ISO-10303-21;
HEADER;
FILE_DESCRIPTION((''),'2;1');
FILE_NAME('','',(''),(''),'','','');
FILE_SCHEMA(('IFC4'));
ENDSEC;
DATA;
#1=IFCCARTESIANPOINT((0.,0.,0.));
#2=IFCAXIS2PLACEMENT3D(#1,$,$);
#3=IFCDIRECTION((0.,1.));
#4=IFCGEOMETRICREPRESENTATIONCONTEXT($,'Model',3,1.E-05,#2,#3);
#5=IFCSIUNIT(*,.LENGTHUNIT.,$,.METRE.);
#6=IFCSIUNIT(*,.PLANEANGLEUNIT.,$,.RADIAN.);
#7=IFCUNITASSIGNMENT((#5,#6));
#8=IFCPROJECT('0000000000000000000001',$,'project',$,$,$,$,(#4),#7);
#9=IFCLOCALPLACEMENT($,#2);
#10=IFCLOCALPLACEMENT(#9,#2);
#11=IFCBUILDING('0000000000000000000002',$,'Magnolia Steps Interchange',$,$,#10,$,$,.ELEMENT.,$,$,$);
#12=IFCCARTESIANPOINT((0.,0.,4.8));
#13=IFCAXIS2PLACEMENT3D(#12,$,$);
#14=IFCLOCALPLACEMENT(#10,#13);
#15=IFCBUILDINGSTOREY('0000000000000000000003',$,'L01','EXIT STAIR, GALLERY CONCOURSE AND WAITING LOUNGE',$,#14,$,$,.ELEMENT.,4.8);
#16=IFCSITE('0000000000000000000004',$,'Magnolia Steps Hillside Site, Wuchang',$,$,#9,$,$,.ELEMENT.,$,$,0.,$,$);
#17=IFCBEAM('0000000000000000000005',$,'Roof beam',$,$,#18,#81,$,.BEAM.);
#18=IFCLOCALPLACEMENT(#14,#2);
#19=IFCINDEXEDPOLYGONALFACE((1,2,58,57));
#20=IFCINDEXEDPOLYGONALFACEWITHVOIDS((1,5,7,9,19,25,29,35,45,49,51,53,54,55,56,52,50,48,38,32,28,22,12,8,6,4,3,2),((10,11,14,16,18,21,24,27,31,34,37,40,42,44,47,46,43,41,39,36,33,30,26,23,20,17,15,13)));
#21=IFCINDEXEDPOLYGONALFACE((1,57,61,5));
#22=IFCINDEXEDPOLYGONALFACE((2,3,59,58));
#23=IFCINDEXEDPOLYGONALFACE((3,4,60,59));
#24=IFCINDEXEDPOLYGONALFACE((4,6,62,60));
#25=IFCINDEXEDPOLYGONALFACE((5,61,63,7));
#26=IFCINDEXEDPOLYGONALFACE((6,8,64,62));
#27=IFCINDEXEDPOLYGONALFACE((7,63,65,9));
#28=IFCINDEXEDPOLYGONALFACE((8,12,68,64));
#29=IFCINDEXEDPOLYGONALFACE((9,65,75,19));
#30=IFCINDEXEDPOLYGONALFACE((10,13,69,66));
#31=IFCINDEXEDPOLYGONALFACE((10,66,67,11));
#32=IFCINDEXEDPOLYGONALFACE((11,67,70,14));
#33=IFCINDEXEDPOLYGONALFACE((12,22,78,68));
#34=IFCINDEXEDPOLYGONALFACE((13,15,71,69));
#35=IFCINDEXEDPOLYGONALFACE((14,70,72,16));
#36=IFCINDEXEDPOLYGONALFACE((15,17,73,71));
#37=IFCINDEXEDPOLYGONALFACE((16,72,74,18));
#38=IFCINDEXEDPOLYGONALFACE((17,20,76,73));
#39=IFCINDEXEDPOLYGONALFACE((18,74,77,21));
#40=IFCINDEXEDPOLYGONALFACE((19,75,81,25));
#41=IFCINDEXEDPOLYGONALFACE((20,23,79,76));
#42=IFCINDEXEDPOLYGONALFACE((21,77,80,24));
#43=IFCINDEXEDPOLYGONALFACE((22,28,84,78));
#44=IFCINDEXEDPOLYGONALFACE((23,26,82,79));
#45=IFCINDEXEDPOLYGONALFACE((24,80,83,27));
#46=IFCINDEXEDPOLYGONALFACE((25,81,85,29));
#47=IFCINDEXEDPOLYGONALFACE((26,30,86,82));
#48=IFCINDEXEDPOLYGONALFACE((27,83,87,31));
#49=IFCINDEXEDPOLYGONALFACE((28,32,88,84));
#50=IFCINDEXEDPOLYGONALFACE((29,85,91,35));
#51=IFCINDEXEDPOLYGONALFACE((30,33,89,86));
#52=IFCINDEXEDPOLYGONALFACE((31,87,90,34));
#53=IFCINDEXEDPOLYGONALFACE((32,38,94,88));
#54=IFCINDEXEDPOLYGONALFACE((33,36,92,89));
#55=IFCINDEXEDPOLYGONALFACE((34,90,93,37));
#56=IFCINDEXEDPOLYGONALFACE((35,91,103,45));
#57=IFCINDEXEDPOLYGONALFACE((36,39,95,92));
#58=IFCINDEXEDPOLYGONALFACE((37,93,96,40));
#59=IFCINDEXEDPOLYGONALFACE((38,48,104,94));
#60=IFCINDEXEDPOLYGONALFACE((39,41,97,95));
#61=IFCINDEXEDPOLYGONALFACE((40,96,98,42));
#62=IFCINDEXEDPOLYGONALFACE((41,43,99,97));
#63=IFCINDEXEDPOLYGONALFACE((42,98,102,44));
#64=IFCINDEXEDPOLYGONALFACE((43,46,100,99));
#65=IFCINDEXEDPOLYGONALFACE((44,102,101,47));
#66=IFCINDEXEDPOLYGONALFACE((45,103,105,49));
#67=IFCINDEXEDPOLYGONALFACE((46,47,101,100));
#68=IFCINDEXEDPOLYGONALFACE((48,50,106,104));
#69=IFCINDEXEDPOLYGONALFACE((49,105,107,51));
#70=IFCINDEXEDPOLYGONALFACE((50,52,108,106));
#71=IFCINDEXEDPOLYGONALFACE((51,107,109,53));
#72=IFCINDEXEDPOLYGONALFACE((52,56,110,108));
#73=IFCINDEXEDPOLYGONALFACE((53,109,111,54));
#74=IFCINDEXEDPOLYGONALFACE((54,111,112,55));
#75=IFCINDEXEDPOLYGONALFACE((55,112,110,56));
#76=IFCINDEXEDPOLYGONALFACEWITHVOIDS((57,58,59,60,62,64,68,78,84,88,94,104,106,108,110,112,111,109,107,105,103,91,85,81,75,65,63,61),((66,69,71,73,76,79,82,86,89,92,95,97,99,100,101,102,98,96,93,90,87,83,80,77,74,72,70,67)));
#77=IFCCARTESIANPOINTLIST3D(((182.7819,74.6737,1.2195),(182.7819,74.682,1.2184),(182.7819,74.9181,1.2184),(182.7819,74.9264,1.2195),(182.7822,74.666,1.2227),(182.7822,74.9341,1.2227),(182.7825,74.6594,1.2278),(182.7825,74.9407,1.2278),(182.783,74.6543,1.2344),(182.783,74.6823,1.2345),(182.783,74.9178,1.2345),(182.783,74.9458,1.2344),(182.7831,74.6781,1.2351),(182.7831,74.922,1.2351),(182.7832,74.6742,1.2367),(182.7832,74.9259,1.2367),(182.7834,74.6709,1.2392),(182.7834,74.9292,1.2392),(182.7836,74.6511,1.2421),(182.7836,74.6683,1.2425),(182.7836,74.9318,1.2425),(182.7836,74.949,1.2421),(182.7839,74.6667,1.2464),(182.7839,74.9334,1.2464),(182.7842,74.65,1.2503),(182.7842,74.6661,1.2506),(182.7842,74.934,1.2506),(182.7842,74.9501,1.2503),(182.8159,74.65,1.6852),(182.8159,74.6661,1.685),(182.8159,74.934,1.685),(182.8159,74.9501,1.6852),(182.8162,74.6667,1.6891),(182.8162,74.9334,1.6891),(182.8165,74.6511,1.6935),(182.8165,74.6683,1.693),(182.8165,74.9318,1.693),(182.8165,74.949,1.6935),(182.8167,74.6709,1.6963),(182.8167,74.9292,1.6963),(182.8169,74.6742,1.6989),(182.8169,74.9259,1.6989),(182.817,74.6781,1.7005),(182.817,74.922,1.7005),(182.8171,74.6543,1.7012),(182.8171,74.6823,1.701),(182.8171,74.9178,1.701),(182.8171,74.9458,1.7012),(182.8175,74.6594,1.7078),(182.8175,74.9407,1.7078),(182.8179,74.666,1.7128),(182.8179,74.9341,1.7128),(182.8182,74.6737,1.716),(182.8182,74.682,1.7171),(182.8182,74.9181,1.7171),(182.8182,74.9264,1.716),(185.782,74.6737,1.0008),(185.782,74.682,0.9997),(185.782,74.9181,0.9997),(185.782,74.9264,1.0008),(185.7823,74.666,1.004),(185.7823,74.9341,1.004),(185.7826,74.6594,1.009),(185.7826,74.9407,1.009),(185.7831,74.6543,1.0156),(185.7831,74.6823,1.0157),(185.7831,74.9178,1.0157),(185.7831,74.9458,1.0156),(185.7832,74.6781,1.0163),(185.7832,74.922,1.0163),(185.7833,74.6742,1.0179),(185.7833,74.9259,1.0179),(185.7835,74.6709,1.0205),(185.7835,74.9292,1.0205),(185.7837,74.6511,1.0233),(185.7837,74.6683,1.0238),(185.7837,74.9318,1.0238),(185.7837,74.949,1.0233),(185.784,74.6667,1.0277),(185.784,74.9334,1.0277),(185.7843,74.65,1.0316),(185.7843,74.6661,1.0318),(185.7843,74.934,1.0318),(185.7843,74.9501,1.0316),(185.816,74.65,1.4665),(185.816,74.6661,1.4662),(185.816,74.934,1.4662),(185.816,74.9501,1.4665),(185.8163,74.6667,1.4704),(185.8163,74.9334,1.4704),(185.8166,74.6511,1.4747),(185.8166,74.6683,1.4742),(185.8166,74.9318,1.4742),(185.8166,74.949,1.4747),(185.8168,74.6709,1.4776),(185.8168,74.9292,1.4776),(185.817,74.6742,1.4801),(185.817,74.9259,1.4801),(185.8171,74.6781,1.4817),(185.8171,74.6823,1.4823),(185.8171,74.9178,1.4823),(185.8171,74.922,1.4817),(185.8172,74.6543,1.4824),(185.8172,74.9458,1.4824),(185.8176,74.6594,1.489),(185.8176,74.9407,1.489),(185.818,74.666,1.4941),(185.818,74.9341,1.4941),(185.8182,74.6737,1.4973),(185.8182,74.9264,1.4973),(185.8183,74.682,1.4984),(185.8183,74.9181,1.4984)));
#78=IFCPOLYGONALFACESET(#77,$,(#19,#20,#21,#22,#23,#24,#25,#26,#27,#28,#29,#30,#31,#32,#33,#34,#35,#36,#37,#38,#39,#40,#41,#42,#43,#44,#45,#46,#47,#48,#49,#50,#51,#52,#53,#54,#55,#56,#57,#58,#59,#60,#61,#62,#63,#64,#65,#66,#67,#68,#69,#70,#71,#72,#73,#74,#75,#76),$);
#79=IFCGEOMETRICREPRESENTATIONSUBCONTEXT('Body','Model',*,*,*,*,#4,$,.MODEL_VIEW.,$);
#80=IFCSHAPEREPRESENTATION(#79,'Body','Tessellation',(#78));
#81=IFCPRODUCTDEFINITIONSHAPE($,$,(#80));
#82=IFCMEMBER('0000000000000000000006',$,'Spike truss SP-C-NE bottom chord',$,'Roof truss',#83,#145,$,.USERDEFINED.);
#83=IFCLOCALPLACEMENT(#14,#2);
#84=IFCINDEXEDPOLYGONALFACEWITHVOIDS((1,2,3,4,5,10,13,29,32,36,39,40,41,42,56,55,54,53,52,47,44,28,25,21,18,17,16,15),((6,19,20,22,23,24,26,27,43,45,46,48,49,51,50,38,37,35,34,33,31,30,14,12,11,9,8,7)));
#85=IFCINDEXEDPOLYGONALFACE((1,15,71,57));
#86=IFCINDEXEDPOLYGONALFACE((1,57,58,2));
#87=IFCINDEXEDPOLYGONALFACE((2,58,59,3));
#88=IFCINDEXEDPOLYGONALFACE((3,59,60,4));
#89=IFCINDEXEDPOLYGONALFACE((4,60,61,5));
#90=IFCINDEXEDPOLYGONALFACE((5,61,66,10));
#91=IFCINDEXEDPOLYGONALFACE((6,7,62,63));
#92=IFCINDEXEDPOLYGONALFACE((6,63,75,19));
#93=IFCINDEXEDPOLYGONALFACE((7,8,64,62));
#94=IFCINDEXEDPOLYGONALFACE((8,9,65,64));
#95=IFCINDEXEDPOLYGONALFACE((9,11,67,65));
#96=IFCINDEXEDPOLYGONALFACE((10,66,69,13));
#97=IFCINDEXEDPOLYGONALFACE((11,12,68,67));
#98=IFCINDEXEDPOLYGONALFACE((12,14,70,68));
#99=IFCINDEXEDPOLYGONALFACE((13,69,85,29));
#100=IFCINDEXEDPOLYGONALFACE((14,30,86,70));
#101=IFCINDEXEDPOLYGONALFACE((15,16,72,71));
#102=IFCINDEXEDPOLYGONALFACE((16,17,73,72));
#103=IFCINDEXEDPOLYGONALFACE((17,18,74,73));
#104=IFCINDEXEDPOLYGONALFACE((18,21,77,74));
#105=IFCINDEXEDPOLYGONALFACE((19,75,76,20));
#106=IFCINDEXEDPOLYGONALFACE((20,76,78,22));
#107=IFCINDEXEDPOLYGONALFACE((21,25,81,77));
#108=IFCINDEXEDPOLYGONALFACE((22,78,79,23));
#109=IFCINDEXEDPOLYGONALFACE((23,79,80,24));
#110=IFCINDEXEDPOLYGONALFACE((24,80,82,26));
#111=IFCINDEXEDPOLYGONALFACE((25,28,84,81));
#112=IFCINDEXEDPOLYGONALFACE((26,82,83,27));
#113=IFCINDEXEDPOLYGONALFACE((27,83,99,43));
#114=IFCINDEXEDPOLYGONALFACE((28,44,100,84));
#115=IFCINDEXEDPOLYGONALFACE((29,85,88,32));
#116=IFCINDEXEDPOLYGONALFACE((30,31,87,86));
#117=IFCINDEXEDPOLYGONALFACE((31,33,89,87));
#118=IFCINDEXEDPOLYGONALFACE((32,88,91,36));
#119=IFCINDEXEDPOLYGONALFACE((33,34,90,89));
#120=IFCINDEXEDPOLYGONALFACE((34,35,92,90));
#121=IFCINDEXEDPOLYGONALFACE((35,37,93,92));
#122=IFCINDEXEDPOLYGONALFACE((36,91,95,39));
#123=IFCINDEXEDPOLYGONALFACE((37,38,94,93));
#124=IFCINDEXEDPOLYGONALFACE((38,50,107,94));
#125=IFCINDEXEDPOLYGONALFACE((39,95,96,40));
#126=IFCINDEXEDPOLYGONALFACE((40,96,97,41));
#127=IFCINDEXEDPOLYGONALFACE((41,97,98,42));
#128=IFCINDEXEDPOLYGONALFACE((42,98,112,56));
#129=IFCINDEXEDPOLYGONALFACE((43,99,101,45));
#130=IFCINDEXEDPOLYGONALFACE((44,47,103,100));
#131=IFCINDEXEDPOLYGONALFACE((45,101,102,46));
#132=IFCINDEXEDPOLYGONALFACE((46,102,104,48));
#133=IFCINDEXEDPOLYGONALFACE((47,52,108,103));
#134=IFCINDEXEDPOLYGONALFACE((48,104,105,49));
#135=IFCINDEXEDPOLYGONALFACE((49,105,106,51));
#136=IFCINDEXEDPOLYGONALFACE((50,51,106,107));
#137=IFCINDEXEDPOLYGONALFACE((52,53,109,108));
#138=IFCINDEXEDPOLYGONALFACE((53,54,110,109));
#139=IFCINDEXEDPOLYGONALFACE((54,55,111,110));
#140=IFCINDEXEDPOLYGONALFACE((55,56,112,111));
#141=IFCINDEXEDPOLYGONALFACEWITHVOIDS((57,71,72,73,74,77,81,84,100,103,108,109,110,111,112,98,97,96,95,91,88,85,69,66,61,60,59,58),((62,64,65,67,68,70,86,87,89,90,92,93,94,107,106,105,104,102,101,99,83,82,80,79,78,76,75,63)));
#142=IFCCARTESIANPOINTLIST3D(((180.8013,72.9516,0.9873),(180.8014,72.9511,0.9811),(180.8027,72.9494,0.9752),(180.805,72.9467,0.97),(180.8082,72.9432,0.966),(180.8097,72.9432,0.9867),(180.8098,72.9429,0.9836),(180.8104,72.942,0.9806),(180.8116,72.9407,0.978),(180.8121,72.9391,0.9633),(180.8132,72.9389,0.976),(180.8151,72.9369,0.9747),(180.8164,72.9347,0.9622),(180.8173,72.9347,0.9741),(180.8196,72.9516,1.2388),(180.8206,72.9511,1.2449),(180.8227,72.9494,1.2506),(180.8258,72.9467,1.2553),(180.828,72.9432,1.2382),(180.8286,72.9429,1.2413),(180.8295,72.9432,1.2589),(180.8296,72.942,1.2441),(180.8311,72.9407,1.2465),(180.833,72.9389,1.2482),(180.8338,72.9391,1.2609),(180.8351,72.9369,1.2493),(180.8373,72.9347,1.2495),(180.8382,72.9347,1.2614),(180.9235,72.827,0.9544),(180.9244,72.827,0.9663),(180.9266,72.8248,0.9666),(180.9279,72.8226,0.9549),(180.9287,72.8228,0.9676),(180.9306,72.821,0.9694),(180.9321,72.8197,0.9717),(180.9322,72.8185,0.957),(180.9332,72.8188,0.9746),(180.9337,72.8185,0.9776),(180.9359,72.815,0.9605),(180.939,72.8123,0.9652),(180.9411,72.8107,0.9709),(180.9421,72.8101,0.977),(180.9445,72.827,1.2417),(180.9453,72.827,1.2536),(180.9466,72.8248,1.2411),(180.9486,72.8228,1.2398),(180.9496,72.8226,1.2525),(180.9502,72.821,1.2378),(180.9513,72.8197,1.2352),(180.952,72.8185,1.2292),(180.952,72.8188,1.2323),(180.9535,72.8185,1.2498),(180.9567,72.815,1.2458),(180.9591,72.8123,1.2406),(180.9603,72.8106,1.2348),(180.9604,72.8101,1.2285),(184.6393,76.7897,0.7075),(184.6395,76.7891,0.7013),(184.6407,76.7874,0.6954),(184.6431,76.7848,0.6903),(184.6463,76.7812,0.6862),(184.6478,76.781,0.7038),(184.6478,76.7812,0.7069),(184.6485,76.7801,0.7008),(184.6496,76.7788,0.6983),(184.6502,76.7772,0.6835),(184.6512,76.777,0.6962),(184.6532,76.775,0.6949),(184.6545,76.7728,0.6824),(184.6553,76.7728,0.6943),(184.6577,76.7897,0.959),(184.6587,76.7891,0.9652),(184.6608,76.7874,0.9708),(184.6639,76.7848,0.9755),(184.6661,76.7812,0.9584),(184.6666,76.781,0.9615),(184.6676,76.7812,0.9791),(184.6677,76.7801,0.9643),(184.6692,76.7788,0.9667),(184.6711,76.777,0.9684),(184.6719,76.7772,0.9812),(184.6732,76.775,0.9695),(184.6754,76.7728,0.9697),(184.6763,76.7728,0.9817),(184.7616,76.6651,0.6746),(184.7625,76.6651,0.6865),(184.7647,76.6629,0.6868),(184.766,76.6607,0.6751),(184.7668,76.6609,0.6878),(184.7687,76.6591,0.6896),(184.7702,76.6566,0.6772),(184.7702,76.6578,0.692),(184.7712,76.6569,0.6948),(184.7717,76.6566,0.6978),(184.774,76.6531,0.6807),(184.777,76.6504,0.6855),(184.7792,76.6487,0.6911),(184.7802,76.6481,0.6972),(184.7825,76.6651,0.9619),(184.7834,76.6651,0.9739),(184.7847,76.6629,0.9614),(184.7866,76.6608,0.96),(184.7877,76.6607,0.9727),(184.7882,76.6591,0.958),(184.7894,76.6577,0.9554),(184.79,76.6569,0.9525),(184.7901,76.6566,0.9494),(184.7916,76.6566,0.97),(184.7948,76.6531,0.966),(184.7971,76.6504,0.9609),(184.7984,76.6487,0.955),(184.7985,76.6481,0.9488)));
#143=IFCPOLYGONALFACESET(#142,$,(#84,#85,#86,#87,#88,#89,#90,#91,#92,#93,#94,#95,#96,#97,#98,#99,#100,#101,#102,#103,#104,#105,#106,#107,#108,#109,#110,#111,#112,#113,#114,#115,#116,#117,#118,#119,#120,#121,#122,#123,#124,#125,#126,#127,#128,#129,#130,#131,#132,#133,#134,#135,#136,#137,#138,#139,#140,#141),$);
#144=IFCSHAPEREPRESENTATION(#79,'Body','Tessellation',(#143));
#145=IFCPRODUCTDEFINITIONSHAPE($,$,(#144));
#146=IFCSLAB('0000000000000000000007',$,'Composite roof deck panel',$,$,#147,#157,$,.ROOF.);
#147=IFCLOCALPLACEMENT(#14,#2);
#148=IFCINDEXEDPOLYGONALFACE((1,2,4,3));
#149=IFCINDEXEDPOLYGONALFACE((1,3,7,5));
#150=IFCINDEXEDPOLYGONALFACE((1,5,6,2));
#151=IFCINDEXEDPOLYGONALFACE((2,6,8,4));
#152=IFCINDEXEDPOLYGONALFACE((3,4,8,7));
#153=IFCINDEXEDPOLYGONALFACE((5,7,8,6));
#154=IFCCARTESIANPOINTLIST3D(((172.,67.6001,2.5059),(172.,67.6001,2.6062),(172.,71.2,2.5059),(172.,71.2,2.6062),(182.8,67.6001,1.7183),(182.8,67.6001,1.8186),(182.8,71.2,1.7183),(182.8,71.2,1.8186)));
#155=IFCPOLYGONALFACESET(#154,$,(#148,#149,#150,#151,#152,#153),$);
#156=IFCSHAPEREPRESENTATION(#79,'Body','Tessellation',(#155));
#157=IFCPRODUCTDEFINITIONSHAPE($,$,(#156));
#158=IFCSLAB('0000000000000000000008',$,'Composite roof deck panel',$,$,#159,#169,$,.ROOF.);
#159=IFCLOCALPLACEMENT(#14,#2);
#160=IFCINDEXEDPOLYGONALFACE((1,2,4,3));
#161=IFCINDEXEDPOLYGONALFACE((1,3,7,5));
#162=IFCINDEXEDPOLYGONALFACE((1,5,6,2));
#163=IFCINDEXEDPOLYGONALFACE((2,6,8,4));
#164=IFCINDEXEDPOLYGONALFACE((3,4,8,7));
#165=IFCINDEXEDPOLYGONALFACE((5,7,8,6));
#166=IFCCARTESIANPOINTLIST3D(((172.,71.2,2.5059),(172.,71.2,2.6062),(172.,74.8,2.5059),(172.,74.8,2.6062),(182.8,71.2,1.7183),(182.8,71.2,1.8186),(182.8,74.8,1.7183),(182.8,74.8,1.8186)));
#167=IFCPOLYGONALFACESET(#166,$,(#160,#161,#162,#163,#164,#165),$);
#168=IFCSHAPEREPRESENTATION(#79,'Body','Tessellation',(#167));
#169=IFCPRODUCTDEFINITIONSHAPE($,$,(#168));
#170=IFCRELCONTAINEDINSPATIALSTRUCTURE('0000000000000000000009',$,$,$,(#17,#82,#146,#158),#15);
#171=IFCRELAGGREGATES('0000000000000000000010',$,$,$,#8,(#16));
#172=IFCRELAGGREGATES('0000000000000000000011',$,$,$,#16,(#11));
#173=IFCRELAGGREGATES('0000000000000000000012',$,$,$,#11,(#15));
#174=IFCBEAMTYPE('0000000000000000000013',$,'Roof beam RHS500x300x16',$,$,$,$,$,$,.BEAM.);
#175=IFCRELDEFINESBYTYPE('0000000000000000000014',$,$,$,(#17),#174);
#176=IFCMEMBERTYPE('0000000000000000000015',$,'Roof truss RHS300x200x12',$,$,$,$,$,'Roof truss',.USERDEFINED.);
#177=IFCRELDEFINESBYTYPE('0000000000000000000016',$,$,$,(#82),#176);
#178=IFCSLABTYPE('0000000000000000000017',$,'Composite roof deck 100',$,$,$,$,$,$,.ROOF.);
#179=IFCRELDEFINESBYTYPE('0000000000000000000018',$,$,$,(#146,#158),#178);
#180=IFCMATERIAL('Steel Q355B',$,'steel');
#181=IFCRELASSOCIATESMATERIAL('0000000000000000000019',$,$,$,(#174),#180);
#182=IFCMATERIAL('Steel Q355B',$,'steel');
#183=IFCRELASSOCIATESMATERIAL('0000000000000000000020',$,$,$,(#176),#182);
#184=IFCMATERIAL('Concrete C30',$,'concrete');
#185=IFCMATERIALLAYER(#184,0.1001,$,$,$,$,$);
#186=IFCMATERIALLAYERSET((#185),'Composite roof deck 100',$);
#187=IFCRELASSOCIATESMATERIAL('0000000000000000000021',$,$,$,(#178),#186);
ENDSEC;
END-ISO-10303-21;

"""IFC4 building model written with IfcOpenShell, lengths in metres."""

from ifc_helpers import new_model, si_unit, direction, frame, origin, origin_2d, place, context, subcontext, project, spatial, polyline, hollow_rectangle, outline, extrude, material, layer, layer_set, material_profile, profile_set, type_object, element, save


model = new_model("IFC4")

# Units and contexts
model_context = context("Model", 3, precision=1e-05, world=origin(), true_north=direction((0.0, 1.0)))
body_context = subcontext(model_context, "Body", "Model", "MODEL_VIEW")
ifc_project = project(units=[si_unit("LENGTHUNIT", "METRE"), si_unit("PLANEANGLEUNIT", "RADIAN")], contexts=[model_context])

# Site, building, storey
site_placement = place(None, origin())
site = spatial("IfcSite", under=ifc_project, at=site_placement, Name="Magnolia Steps Hillside Site, Wuchang", CompositionType="ELEMENT", RefElevation=0.0)
building_placement = place(site_placement, origin())
building = spatial("IfcBuilding", under=site, at=building_placement, Name="Magnolia Steps Interchange", CompositionType="ELEMENT")
storey_placement = place(building_placement, frame((0.0, 0.0, 4.8)))
storey = spatial("IfcBuildingStorey", under=building, at=storey_placement, Name="L01", Description="EXIT STAIR, GALLERY CONCOURSE AND WAITING LOUNGE", CompositionType="ELEMENT", Elevation=4.8)

# Beam
ifc_material_1 = material(Name="Steel Q355B", Category="steel")
ifc_material_profile_1 = material_profile(ifc_material_1, hollow_rectangle(XDim=0.3, YDim=0.5, WallThickness=0.0161, InnerFilletRadius=0.0161, OuterFilletRadius=0.032, at=origin_2d()), Name="RHS500x300x16")
ifc_profile_set_1 = profile_set([ifc_material_profile_1], Name="Steel Q355B")
beam_type_1 = type_object("IfcBeamType", Name="Roof beam RHS500x300x16", PredefinedType="BEAM", material=ifc_profile_set_1)
beam_1_placement = place(storey_placement, frame((182.8, 74.8, 1.4678), z_axis=(0.997352, 0.0, -0.072724), x_axis=(0.0, 1.0, 0.0)))
element("IfcBeam", 1, at=beam_1_placement, inside=storey, type_object=beam_type_1, Name="Roof beam", PredefinedType="BEAM", context=body_context, shape_type="SweptSolid", body=[
    extrude(hollow_rectangle(XDim=0.3, YDim=0.5, WallThickness=0.0161, InnerFilletRadius=0.0161, OuterFilletRadius=0.032, at=origin_2d()), origin(), (0.0, 0.0, 1.0), 3.0081),
])

# Member
ifc_material_2 = material(Name="Steel Q355B", Category="steel")
ifc_material_profile_2 = material_profile(ifc_material_2, hollow_rectangle(XDim=0.2, YDim=0.3, WallThickness=0.012, InnerFilletRadius=0.012, OuterFilletRadius=0.0239, at=origin_2d()), Name="RHS300x200x12")
ifc_profile_set_2 = profile_set([ifc_material_profile_2], Name="Steel Q355B")
member_type = type_object("IfcMemberType", Name="Roof truss RHS300x200x12", ElementType="Roof truss", PredefinedType="USERDEFINED", material=ifc_profile_set_2)
member_placement = place(storey_placement, frame((180.8809, 72.8809, 1.1079), z_axis=(0.706169, 0.706169, -0.051477), x_axis=(-0.704299, 0.708043, 0.051355)))
element("IfcMember", 2, at=member_placement, inside=storey, type_object=member_type, Name="Spike truss SP-C-NE bottom chord", ObjectType="Roof truss", PredefinedType="USERDEFINED", context=body_context, shape_type="SweptSolid", body=[
    extrude(hollow_rectangle(XDim=0.2, YDim=0.3, WallThickness=0.012, InnerFilletRadius=0.012, OuterFilletRadius=0.0239, at=origin_2d()), origin(), (0.0, 0.0, 1.0), 5.4351),
])

# Slabs
ifc_material_3 = material(Name="Concrete C30", Category="concrete")
ifc_layer_1 = layer(ifc_material_3, 0.1001)
ifc_layer_set_1 = layer_set([ifc_layer_1], Name="Composite roof deck 100")
slab_type = type_object("IfcSlabType", Name="Composite roof deck 100", PredefinedType="ROOF", material=ifc_layer_set_1)
slab_1_placement = place(storey_placement, frame((182.8, 67.6001, 1.8186), z_axis=(0.072732, 0.0, 0.997352), x_axis=(0.0, 1.0, 0.0)))
element("IfcSlab", 3, at=slab_1_placement, inside=storey, type_object=slab_type, Name="Composite roof deck panel", PredefinedType="ROOF", context=body_context, shape_type="SweptSolid", body=[
    extrude(outline(polyline([(0.0, 0.0), (3.5999, 0.0), (3.5999, 10.8287), (0.0, 10.8287), (0.0, 0.0)])), origin(), (0.0, -0.072732, -0.997352), 0.1003),
])
slab_2_placement = place(storey_placement, frame((182.8, 71.2, 1.8186), z_axis=(0.072732, 0.0, 0.997352), x_axis=(0.0, 1.0, 0.0)))
element("IfcSlab", 4, at=slab_2_placement, inside=storey, type_object=slab_type, Name="Composite roof deck panel", PredefinedType="ROOF", context=body_context, shape_type="SweptSolid", body=[
    extrude(outline(polyline([(0.0, 0.0), (3.6001, 0.0), (3.6001, 10.8287), (0.0, 10.8287), (0.0, 0.0)])), origin(), (0.0, -0.072732, -0.997352), 0.1003),
])

save(model, "model.ifc")
